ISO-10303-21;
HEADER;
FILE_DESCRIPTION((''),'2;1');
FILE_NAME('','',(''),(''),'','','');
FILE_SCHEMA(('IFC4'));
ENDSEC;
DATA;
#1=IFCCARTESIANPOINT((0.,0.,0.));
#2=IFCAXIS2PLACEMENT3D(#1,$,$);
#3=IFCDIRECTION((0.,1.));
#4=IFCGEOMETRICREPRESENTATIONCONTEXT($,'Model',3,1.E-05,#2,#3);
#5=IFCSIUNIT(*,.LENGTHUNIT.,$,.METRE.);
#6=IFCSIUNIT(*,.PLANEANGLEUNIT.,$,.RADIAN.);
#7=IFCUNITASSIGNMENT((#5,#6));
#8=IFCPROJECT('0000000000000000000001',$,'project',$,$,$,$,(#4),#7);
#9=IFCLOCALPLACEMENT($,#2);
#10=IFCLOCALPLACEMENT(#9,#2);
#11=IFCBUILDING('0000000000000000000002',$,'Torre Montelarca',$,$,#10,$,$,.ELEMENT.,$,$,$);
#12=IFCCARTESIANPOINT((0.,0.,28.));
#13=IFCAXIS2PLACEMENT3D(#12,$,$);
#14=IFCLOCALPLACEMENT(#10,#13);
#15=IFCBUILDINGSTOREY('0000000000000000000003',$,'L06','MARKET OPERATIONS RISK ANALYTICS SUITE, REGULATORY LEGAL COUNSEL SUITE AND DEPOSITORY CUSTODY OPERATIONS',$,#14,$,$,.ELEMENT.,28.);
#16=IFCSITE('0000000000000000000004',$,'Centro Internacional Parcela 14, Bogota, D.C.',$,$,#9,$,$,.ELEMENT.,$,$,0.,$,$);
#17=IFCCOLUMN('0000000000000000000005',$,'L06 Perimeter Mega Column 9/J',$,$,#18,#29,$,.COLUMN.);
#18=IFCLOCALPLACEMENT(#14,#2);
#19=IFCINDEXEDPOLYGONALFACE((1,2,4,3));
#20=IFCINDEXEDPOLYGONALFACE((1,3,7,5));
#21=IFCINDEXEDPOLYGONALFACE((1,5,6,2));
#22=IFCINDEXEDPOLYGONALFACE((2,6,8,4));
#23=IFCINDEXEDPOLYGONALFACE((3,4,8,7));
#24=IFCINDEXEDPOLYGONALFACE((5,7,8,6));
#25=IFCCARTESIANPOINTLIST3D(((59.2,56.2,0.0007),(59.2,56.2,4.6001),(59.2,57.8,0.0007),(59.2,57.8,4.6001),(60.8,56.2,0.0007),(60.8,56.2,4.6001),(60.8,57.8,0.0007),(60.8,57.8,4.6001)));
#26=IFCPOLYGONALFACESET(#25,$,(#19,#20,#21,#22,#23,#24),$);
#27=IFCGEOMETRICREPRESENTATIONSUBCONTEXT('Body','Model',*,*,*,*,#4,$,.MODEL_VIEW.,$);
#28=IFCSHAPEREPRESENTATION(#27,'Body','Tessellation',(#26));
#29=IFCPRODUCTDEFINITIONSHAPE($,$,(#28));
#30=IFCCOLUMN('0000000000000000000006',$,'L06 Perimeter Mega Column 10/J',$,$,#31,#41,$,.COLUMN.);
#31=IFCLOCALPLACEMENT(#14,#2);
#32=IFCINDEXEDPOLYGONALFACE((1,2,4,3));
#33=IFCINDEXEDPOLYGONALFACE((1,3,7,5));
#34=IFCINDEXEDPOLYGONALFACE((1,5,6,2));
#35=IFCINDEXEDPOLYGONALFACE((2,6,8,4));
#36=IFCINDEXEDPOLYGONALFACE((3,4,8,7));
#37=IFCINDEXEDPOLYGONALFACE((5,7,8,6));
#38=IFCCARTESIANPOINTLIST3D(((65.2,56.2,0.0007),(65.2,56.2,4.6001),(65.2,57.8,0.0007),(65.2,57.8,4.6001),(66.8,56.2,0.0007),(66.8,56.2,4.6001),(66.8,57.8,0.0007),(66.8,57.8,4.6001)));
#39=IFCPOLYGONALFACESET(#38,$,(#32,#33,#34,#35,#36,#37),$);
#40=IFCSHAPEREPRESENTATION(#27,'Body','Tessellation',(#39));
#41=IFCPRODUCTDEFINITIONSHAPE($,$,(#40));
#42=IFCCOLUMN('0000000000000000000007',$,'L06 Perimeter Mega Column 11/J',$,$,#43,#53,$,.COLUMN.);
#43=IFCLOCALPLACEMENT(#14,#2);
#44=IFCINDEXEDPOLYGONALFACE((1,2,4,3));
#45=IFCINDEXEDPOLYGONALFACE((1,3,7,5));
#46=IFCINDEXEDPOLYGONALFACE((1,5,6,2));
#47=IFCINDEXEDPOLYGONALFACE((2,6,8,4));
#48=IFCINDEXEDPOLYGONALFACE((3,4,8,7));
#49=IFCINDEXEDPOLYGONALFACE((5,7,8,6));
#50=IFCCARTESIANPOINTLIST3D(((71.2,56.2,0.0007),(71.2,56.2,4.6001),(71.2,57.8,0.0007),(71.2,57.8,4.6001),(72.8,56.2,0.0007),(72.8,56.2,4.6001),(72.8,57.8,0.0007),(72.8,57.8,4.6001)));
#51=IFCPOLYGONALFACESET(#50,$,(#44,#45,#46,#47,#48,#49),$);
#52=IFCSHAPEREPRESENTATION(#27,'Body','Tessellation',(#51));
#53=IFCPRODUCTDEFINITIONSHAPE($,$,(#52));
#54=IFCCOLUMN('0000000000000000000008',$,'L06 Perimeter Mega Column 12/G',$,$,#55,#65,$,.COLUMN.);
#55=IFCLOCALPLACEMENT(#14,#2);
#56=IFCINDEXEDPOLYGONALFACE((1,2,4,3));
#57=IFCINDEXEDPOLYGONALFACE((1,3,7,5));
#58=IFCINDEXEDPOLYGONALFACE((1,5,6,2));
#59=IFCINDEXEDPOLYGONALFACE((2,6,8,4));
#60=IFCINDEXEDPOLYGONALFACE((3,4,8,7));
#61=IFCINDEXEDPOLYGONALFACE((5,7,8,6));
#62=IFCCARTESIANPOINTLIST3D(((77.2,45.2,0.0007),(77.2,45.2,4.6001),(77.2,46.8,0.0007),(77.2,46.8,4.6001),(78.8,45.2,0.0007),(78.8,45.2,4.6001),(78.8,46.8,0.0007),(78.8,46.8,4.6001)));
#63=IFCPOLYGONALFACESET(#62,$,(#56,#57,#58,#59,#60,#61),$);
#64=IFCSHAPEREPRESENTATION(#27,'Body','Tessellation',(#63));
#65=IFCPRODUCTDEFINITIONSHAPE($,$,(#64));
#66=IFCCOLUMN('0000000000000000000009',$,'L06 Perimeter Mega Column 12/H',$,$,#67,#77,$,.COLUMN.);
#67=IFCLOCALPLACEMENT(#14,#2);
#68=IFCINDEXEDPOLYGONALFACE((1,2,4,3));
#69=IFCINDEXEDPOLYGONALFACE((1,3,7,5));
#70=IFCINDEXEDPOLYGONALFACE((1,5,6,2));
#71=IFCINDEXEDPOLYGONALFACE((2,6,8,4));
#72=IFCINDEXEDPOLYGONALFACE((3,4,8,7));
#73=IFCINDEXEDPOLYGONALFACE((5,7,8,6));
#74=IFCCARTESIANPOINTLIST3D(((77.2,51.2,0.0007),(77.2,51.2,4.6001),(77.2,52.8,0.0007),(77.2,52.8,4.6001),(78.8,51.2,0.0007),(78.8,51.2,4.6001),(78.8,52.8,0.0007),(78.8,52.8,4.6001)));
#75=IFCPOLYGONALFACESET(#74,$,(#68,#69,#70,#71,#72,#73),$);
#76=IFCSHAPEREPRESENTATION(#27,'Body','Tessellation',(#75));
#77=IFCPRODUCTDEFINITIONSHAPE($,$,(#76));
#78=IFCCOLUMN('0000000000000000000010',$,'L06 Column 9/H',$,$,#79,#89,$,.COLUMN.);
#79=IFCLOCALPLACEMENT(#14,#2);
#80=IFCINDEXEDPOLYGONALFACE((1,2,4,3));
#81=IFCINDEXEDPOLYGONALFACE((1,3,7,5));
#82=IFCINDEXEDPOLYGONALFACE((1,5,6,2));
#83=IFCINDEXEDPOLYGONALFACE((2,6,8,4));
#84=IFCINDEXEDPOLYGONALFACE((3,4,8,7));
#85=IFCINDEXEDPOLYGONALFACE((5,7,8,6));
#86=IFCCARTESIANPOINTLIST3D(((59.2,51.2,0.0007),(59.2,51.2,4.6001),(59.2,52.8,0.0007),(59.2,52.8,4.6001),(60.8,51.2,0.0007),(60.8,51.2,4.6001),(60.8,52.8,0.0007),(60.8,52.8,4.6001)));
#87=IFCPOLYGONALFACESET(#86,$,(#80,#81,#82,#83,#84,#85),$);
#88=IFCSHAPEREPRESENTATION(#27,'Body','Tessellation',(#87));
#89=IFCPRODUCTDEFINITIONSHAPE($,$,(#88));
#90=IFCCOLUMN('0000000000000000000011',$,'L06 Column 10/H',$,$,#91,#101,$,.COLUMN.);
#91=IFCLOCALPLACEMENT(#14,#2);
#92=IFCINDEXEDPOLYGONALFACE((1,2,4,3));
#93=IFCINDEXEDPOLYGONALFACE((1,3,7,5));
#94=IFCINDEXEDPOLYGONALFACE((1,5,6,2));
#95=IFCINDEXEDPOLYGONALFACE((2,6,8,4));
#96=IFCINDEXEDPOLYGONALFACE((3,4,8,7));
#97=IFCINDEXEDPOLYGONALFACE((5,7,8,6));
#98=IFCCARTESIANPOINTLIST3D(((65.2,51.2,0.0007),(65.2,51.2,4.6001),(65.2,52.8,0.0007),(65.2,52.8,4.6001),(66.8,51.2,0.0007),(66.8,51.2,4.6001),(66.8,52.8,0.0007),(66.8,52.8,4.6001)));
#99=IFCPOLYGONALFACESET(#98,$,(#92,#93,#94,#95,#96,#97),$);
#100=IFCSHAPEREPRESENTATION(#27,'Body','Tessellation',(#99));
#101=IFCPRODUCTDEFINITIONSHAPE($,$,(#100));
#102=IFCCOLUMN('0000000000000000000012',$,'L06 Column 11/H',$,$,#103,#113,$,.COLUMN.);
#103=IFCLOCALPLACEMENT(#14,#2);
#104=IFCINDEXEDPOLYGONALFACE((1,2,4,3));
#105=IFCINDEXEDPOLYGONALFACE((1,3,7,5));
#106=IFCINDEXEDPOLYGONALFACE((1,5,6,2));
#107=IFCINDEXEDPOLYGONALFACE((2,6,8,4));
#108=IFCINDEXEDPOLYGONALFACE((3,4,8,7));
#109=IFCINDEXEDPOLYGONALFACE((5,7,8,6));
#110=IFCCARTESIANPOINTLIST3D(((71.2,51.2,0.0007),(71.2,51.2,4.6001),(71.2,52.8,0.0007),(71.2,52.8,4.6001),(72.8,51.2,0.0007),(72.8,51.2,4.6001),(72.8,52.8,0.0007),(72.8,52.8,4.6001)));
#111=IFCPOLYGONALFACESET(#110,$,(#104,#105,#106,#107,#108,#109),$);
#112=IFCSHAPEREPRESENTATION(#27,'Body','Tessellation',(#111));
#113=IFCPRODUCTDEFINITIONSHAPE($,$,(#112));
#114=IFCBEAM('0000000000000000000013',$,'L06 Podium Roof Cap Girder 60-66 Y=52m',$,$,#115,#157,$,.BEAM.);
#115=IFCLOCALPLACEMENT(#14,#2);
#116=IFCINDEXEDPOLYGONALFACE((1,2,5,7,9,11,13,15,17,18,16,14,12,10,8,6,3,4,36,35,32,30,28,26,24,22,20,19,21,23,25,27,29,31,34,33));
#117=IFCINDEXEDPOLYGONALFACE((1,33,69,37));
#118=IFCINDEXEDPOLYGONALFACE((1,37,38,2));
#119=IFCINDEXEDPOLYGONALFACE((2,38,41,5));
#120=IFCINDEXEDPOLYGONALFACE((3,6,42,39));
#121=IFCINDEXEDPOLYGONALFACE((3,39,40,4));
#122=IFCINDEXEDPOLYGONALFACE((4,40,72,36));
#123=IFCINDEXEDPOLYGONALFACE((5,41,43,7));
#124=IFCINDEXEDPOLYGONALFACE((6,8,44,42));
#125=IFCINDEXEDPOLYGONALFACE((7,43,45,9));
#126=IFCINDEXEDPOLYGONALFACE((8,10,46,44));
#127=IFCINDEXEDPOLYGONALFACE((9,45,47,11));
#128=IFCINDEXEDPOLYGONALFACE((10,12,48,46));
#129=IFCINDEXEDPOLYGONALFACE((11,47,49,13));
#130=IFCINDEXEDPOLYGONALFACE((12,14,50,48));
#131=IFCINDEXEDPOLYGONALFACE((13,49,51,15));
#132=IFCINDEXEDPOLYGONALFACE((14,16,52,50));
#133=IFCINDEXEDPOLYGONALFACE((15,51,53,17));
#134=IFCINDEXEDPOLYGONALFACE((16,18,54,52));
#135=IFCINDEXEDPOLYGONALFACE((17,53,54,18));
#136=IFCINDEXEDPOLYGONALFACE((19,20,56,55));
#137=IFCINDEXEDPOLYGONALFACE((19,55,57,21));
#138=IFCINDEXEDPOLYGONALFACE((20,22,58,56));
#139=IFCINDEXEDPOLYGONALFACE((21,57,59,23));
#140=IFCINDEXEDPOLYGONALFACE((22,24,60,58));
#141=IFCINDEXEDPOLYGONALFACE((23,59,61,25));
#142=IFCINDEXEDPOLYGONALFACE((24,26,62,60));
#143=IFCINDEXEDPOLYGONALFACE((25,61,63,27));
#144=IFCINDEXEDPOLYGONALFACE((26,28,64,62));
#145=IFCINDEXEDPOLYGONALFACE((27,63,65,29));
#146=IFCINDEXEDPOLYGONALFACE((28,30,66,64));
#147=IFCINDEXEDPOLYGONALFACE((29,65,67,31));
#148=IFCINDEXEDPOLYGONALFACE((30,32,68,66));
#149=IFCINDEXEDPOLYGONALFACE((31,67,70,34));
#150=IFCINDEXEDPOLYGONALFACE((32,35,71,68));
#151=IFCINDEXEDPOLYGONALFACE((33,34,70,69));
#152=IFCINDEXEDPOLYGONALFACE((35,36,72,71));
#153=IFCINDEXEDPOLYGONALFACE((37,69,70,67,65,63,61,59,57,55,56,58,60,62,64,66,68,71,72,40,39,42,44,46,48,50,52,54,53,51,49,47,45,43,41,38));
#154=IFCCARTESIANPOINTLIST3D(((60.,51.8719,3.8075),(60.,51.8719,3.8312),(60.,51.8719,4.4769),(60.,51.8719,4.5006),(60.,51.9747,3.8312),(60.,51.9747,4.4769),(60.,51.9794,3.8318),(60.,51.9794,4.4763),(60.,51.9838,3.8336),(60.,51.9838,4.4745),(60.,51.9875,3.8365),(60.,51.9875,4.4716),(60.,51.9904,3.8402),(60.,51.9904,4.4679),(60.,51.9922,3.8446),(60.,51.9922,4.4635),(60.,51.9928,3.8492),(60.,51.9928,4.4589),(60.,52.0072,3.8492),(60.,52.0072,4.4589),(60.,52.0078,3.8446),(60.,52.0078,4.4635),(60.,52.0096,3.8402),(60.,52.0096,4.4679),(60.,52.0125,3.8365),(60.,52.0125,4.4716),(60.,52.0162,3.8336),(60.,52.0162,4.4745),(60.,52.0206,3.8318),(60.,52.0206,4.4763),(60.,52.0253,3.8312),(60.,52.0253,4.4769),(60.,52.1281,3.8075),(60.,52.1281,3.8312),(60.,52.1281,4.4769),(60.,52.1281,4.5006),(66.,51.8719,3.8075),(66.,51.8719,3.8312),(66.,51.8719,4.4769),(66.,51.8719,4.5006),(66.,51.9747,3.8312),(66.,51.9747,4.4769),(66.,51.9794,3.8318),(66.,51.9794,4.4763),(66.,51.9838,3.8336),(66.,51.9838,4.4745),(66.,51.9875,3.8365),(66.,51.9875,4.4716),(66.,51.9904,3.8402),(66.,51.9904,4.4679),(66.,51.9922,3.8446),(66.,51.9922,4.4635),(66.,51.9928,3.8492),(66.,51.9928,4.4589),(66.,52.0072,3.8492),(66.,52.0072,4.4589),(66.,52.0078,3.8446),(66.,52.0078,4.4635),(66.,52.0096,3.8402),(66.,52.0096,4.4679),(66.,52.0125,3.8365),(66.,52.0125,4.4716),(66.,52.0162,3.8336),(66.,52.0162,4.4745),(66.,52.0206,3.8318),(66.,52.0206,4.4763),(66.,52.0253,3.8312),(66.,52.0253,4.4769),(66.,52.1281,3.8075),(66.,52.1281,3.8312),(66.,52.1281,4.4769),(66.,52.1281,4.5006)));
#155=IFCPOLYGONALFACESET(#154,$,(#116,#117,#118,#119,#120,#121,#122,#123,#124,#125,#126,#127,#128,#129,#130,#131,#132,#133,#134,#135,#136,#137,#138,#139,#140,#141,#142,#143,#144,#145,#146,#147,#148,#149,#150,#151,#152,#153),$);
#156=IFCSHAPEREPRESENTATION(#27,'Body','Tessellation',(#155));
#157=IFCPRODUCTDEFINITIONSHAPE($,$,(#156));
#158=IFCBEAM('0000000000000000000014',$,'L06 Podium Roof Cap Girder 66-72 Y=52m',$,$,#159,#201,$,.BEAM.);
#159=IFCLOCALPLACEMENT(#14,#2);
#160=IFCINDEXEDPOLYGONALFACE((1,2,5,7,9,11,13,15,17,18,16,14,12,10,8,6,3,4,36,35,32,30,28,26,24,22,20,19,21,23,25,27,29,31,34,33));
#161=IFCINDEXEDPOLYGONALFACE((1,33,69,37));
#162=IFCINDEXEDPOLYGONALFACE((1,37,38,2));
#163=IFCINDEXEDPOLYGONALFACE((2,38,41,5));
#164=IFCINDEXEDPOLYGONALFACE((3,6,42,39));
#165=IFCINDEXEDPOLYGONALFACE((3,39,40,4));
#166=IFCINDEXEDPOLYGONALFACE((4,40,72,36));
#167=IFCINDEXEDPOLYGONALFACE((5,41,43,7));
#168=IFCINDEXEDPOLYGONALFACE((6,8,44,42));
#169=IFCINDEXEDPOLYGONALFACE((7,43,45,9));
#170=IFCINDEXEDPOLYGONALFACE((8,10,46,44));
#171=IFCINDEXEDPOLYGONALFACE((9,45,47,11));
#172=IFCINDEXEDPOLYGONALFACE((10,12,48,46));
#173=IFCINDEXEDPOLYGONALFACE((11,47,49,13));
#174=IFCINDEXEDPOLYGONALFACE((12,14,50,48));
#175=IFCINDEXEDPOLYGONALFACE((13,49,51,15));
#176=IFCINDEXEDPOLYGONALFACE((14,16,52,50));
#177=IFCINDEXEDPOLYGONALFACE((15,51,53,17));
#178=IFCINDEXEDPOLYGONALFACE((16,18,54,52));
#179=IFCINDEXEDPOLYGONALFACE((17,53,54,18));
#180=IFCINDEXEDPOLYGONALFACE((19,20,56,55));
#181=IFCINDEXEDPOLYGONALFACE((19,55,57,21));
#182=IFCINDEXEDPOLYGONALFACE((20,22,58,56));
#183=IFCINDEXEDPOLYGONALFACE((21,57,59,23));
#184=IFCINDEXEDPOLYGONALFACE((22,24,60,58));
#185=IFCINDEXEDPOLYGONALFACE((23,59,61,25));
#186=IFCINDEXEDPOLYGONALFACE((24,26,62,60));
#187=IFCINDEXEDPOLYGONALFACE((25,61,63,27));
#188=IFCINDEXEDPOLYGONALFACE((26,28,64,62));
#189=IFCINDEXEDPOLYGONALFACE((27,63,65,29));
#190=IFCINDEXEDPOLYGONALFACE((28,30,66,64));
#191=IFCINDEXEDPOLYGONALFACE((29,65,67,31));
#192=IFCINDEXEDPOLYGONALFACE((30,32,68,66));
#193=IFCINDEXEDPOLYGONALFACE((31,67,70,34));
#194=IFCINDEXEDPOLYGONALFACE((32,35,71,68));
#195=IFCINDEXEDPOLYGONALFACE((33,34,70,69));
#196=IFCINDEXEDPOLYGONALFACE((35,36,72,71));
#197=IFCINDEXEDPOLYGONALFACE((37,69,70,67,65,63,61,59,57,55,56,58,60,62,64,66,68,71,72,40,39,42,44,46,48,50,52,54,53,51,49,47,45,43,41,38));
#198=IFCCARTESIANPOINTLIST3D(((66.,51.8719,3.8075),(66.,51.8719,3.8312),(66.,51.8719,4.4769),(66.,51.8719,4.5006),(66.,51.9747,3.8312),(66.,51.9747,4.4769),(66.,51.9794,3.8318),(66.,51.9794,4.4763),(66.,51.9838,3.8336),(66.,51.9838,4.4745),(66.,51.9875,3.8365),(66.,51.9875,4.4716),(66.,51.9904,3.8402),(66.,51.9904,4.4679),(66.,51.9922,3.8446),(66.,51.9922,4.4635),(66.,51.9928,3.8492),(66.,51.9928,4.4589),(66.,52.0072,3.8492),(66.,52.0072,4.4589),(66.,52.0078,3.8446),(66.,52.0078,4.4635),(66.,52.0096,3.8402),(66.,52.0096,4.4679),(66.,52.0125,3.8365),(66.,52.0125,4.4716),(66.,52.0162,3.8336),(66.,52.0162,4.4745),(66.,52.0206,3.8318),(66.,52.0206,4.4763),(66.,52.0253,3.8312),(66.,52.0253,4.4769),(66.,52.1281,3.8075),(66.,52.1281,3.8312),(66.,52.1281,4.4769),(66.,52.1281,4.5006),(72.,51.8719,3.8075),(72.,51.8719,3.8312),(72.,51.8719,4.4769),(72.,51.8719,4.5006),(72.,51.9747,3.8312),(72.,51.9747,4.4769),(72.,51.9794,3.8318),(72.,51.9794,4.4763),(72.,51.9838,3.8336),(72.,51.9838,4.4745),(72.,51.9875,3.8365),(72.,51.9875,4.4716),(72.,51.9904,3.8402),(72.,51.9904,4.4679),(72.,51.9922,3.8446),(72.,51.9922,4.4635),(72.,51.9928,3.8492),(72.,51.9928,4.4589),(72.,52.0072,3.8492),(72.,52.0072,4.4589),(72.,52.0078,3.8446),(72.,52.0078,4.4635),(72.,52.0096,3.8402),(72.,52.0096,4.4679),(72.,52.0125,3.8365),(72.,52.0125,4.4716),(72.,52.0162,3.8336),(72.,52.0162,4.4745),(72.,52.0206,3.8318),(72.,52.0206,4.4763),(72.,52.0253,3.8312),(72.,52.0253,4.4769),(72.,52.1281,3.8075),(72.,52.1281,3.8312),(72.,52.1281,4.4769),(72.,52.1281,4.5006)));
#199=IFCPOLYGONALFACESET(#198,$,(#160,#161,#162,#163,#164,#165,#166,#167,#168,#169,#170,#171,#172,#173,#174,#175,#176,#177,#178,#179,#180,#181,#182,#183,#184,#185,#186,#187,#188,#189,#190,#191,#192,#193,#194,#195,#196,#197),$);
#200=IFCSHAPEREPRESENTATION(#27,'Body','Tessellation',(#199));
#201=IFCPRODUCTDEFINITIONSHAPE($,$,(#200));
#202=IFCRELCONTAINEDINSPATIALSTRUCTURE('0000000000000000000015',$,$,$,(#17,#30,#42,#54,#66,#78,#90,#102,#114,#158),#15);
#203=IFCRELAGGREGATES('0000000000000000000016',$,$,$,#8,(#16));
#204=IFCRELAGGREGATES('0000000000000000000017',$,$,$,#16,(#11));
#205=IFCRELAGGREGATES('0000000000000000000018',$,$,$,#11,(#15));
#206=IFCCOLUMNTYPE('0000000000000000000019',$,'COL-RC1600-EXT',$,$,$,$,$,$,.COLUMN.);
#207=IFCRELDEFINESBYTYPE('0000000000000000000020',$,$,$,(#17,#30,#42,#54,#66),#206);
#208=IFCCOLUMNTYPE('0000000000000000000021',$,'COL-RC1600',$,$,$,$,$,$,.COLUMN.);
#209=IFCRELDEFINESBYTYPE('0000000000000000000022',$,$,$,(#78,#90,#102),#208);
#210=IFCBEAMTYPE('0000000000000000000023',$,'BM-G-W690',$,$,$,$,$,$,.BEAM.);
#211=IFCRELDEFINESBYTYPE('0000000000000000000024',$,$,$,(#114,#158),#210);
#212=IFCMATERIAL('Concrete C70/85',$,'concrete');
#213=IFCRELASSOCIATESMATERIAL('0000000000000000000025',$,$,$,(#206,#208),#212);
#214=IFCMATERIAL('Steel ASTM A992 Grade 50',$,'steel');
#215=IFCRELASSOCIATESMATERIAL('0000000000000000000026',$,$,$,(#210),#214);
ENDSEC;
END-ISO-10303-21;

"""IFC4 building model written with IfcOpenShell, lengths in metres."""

from ifc_helpers import new_model, si_unit, direction, frame, origin, origin_2d, place, context, subcontext, project, spatial, rectangle, i_section, extrude, source, transform, mapped, material, material_profile, profile_set, type_object, element, save


model = new_model("IFC4")

# Units and contexts
model_context = context("Model", 3, precision=1e-05, world=origin(), true_north=direction((0.0, 1.0)))
body_context = subcontext(model_context, "Body", "Model", "MODEL_VIEW")
ifc_project = project(units=[si_unit("LENGTHUNIT", "METRE"), si_unit("PLANEANGLEUNIT", "RADIAN")], contexts=[model_context])

# Site, building, storey
site_placement = place(None, origin())
site = spatial("IfcSite", under=ifc_project, at=site_placement, Name="Centro Internacional Parcela 14, Bogota, D.C.", CompositionType="ELEMENT", RefElevation=0.0)
building_placement = place(site_placement, origin())
building = spatial("IfcBuilding", under=site, at=building_placement, Name="Torre Montelarca", CompositionType="ELEMENT")
storey_placement = place(building_placement, frame((0.0, 0.0, 28.0)))
storey = spatial("IfcBuildingStorey", under=building, at=storey_placement, Name="L06", Description="MARKET OPERATIONS RISK ANALYTICS SUITE, REGULATORY LEGAL COUNSEL SUITE AND DEPOSITORY CUSTODY OPERATIONS", CompositionType="ELEMENT", Elevation=28.0)

# Columns
ifc_material_1 = material(Name="Concrete C70/85", Category="concrete")
ifc_material_profile_1 = material_profile(ifc_material_1, rectangle(XDim=1.6001, YDim=1.6001, at=origin_2d()), Name="RC1600X1600", Category="concrete")
ifc_profile_set_1 = profile_set([ifc_material_profile_1], Name="Concrete C70/85")
column_type_1 = type_object("IfcColumnType", Name="COL-RC1600-EXT", PredefinedType="COLUMN", material=ifc_profile_set_1)
shared_shape_1 = source(origin(), body_context, "Body", "SweptSolid", [
    extrude(rectangle(XDim=1.6001, YDim=1.6001, at=origin_2d()), origin(), (0.0, 0.0, 1.0), 4.5994),
])
for number, where, z_axis, x_axis, name in (
    (1, (60.0, 57.0, 0.0007), (0.0, 0.0, 1.0), (1.0, 0.0, 0.0), "L06 Perimeter Mega Column 9/J"),
    (2, (66.0, 57.0, 0.0007), (0.0, 0.0, 1.0), (1.0, 0.0, 0.0), "L06 Perimeter Mega Column 10/J"),
    (3, (72.0, 57.0, 0.0007), (0.0, 0.0, 1.0), (1.0, 0.0, 0.0), "L06 Perimeter Mega Column 11/J"),
    (4, (78.0, 46.0, 0.0007), (0.0, 0.0, 1.0), (1.0, 0.0, 0.0), "L06 Perimeter Mega Column 12/G"),
    (5, (78.0, 52.0, 0.0007), (0.0, 0.0, 1.0), (1.0, 0.0, 0.0), "L06 Perimeter Mega Column 12/H"),
):
    element("IfcColumn", number, at=place(storey_placement, frame(where, z_axis=z_axis, x_axis=x_axis)), inside=storey, type_object=column_type_1, Name=name, PredefinedType="COLUMN", context=body_context, shape_type="MappedRepresentation", body=[
        mapped(shared_shape_1, transform((0.0, 0.0, 0.0), scale=1.0)),
    ])
ifc_material_profile_2 = material_profile(ifc_material_1, rectangle(XDim=1.6001, YDim=1.6001, at=origin_2d()), Name="RC1600X1600", Category="concrete")
ifc_profile_set_2 = profile_set([ifc_material_profile_2], Name="Concrete C70/85")
column_type_2 = type_object("IfcColumnType", Name="COL-RC1600", PredefinedType="COLUMN", material=ifc_profile_set_2)
shared_shape_2 = source(origin(), body_context, "Body", "SweptSolid", [
    extrude(rectangle(XDim=1.6001, YDim=1.6001, at=origin_2d()), origin(), (0.0, 0.0, 1.0), 4.5994),
])
for number, where, z_axis, x_axis, name in (
    (6, (60.0, 52.0, 0.0007), (0.0, 0.0, 1.0), (1.0, 0.0, 0.0), "L06 Column 9/H"),
    (7, (66.0, 52.0, 0.0007), (0.0, 0.0, 1.0), (1.0, 0.0, 0.0), "L06 Column 10/H"),
    (8, (72.0, 52.0, 0.0007), (0.0, 0.0, 1.0), (1.0, 0.0, 0.0), "L06 Column 11/H"),
):
    element("IfcColumn", number, at=place(storey_placement, frame(where, z_axis=z_axis, x_axis=x_axis)), inside=storey, type_object=column_type_2, Name=name, PredefinedType="COLUMN", context=body_context, shape_type="MappedRepresentation", body=[
        mapped(shared_shape_2, transform((0.0, 0.0, 0.0), scale=1.0)),
    ])

# Beams
ifc_material_2 = material(Name="Steel ASTM A992 Grade 50", Category="steel")
ifc_material_profile_3 = material_profile(ifc_material_2, i_section(OverallWidth=0.2561, OverallDepth=0.6931, WebThickness=0.0144, FlangeThickness=0.0237, FilletRadius=0.0181, at=origin_2d()), Name="W690X170", Category="steel")
ifc_profile_set_3 = profile_set([ifc_material_profile_3], Name="Steel ASTM A992 Grade 50")
beam_type = type_object("IfcBeamType", Name="BM-G-W690", PredefinedType="BEAM", material=ifc_profile_set_3)
shared_shape_3 = source(origin(), body_context, "Body", "SweptSolid", [
    extrude(i_section(OverallWidth=0.2561, OverallDepth=0.6931, WebThickness=0.0144, FlangeThickness=0.0237, FilletRadius=0.0181, at=origin_2d()), origin(), (0.0, 0.0, 1.0), 6.0),
])
for number, where, z_axis, x_axis, name in (
    (9, (60.0, 52.0, 4.1541), (1.0, 0.0, 0.0), (0.0, 1.0, 0.0), "L06 Podium Roof Cap Girder 60-66 Y=52m"),
    (10, (66.0, 52.0, 4.1541), (1.0, 0.0, 0.0), (0.0, 1.0, 0.0), "L06 Podium Roof Cap Girder 66-72 Y=52m"),
):
    element("IfcBeam", number, at=place(storey_placement, frame(where, z_axis=z_axis, x_axis=x_axis)), inside=storey, type_object=beam_type, Name=name, PredefinedType="BEAM", context=body_context, shape_type="MappedRepresentation", body=[
        mapped(shared_shape_3, transform((0.0, 0.0, 0.0), scale=1.0)),
    ])

save(model, "model.ifc")
